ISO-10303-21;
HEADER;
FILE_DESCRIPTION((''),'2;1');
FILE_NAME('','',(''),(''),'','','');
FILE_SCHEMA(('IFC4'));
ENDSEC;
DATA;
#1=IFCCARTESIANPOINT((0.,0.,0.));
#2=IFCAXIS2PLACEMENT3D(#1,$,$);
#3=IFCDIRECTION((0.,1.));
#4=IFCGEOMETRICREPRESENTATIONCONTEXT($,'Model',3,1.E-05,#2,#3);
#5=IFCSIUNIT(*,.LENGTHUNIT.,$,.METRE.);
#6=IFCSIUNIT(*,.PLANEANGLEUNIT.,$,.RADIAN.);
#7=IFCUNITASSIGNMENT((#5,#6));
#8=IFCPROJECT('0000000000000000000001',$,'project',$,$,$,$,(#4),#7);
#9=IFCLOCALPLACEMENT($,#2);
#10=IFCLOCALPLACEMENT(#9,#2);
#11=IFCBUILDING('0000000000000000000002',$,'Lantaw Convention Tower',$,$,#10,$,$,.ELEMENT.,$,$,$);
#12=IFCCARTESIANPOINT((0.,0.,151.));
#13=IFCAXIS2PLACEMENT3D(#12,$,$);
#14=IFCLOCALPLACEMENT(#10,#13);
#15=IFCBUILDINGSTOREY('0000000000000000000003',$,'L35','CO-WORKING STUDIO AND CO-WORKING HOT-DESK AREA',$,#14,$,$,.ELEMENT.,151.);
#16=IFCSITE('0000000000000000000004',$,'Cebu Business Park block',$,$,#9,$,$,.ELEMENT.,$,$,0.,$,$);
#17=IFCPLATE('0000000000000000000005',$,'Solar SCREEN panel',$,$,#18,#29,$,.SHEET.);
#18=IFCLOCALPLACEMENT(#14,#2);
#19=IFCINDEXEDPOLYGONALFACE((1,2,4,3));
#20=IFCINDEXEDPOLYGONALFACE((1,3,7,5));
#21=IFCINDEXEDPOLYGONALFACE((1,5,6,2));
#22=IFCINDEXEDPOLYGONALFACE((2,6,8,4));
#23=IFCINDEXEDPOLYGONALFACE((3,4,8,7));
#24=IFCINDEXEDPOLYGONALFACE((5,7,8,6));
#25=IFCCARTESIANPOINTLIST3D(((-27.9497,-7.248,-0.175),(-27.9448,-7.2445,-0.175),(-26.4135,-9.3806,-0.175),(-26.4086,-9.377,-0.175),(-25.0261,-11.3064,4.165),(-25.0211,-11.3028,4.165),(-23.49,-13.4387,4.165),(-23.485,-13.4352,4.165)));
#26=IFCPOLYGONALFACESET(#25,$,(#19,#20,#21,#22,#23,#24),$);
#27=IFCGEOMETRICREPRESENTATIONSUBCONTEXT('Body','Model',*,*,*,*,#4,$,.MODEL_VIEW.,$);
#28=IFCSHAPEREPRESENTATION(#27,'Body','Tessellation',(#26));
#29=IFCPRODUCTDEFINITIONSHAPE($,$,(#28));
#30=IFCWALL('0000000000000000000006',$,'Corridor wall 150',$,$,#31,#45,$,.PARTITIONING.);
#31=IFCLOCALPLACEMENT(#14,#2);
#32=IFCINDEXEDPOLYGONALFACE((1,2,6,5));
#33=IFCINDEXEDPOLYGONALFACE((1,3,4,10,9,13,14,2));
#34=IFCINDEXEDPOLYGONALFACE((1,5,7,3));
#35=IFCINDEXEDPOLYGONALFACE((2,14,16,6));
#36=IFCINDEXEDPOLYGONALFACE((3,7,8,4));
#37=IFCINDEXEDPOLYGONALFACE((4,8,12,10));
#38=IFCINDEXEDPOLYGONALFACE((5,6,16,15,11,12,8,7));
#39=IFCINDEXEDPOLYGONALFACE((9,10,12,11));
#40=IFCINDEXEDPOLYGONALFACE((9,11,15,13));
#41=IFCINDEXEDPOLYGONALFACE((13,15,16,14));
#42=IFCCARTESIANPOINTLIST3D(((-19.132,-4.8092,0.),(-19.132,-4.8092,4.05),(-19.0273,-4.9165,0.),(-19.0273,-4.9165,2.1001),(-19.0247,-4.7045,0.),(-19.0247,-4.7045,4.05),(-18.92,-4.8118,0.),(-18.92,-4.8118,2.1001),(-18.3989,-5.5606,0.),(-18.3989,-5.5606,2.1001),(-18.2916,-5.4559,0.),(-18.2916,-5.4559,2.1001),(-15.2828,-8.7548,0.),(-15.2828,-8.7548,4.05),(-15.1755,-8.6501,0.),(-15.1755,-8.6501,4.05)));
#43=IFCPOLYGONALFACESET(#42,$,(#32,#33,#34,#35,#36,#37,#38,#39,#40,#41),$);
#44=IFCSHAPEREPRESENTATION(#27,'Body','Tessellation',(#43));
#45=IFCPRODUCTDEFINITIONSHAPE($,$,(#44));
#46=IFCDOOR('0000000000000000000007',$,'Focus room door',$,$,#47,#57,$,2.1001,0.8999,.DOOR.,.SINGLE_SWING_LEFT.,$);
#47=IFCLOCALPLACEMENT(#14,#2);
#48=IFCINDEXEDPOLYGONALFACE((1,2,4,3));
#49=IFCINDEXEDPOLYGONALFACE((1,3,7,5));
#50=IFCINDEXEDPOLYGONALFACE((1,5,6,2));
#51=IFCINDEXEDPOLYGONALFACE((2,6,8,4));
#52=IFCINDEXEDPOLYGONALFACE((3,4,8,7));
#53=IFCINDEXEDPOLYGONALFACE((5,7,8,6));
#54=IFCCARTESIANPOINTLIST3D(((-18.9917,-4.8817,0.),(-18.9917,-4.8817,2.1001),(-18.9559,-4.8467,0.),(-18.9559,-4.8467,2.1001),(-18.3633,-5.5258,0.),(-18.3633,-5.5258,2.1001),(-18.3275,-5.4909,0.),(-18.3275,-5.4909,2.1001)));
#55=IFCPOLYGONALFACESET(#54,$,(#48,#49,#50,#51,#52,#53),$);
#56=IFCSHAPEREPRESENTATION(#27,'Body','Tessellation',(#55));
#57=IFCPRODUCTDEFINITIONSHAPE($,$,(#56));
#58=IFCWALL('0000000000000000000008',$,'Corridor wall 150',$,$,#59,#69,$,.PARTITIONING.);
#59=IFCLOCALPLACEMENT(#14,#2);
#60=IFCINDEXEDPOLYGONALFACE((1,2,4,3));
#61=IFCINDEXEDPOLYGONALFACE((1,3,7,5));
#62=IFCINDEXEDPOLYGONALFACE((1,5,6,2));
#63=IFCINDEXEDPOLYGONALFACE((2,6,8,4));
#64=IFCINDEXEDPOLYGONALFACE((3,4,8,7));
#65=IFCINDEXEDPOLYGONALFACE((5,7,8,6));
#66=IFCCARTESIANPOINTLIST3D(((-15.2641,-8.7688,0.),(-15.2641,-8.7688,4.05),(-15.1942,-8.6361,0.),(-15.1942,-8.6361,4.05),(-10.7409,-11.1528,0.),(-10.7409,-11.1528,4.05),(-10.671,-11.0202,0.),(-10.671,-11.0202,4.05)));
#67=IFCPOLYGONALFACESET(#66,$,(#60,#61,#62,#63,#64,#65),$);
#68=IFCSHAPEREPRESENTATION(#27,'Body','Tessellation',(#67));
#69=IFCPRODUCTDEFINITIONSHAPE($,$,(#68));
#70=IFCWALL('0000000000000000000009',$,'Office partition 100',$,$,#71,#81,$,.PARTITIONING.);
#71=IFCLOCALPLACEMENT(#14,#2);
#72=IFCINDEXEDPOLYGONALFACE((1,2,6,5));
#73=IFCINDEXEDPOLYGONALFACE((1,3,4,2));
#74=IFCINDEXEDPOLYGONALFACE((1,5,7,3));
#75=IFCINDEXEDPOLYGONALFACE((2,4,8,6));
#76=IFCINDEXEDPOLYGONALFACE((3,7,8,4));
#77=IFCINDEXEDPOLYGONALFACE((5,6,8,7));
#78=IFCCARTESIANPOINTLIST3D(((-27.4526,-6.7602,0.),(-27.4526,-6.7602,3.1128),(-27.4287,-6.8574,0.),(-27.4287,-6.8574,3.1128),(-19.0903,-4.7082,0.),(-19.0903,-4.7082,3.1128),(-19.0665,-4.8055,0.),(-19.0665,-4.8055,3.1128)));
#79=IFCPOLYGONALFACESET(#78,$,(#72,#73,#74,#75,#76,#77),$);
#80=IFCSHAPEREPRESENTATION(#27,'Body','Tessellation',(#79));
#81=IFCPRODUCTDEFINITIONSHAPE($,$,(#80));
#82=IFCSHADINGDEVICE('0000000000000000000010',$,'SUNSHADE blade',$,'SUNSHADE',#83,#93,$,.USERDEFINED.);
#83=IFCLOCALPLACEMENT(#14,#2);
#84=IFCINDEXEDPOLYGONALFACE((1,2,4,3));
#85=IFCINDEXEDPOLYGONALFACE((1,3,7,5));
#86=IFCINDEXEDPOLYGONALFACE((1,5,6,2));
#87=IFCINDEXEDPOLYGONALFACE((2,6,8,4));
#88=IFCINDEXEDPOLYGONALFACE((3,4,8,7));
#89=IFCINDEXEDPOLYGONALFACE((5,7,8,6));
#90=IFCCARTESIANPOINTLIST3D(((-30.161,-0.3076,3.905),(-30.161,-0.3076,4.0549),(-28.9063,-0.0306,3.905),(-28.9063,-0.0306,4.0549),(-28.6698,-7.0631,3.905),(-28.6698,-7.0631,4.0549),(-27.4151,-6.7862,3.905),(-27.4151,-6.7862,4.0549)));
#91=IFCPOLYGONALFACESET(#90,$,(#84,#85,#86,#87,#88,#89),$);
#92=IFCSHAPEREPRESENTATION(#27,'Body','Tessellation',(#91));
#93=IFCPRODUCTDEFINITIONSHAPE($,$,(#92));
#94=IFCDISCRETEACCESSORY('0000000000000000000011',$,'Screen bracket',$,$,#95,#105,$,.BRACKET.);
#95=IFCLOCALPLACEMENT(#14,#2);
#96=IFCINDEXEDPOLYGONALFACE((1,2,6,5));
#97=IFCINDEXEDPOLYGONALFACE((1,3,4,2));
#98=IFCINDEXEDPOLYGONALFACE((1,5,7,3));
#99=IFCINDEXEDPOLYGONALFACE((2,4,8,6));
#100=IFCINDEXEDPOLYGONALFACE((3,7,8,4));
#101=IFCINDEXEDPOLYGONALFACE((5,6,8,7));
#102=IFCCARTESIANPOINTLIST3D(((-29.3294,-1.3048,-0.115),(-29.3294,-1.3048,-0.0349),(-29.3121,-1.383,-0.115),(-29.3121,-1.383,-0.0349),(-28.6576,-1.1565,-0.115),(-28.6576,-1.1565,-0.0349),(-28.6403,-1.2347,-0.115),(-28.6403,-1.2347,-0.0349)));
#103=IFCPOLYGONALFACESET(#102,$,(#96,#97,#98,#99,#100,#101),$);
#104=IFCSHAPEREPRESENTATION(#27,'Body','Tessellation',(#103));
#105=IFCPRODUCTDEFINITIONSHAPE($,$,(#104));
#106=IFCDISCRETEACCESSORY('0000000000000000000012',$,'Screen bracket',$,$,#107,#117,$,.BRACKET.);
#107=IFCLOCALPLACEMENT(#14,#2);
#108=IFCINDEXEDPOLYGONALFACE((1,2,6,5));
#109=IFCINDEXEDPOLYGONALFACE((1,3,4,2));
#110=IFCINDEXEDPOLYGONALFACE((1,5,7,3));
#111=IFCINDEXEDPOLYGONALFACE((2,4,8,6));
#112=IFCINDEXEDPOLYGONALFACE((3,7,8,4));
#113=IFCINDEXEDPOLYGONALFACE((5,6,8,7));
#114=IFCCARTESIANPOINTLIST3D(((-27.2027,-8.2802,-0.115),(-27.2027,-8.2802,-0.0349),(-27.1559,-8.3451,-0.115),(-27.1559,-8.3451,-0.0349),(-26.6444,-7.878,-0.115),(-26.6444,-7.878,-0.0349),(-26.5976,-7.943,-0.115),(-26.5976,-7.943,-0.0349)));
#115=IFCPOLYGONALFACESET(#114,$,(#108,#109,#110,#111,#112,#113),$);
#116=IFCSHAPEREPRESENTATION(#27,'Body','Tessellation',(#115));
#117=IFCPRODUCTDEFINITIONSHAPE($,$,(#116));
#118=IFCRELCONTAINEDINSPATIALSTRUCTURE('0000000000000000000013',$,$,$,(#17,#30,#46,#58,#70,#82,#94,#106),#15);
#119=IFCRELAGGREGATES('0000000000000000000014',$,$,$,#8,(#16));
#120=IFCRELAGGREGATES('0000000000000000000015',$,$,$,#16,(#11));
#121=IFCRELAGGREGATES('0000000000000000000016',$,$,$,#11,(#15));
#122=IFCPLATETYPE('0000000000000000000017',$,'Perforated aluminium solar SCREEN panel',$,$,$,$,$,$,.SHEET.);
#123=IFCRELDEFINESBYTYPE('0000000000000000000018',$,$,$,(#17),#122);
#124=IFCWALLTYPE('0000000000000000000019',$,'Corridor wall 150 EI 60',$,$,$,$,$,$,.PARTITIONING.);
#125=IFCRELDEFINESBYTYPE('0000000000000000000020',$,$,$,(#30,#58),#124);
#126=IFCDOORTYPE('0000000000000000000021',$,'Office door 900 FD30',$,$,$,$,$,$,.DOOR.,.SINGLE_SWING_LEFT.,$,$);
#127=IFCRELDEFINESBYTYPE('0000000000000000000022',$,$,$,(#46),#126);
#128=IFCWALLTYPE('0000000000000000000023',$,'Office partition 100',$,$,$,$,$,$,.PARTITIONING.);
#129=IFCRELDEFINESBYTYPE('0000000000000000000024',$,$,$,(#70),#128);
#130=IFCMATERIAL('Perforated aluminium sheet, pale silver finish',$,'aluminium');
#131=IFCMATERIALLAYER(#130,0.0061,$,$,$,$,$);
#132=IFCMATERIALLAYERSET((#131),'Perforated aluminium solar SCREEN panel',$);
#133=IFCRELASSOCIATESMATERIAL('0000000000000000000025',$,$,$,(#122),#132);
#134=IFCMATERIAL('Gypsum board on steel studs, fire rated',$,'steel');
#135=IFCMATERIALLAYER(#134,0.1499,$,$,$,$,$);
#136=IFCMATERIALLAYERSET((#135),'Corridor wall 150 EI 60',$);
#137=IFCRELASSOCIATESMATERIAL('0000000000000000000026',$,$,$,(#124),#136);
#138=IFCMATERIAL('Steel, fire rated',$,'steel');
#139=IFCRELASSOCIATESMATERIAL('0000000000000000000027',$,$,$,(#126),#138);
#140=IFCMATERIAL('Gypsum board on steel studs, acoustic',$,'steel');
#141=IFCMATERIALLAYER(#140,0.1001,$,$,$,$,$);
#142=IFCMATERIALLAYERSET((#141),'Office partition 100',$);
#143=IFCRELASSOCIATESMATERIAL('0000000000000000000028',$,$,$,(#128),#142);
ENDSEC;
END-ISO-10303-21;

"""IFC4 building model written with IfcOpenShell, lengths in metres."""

from ifc_helpers import new_model, si_unit, direction, frame, frame_2d, origin, origin_2d, place, context, subcontext, project, spatial, polyline, rectangle, outline, extrude, material, layer, layer_set, type_object, element, fill, save


model = new_model("IFC4")

# Units and contexts
model_context = context("Model", 3, precision=1e-05, world=origin(), true_north=direction((0.0, 1.0)))
body_context = subcontext(model_context, "Body", "Model", "MODEL_VIEW")
ifc_project = project(units=[si_unit("LENGTHUNIT", "METRE"), si_unit("PLANEANGLEUNIT", "RADIAN")], contexts=[model_context])

# Site, building, storey
site_placement = place(None, origin())
site = spatial("IfcSite", under=ifc_project, at=site_placement, Name="Cebu Business Park block", CompositionType="ELEMENT", RefElevation=0.0)
building_placement = place(site_placement, origin())
building = spatial("IfcBuilding", under=site, at=building_placement, Name="Lantaw Convention Tower", CompositionType="ELEMENT")
storey_placement = place(building_placement, frame((0.0, 0.0, 151.0)))
storey = spatial("IfcBuildingStorey", under=building, at=storey_placement, Name="L35", Description="CO-WORKING STUDIO AND CO-WORKING HOT-DESK AREA", CompositionType="ELEMENT", Elevation=151.0)

# Plate
ifc_material_1 = material(Name="Perforated aluminium sheet, pale silver finish", Category="aluminium")
ifc_layer_1 = layer(ifc_material_1, 0.0061)
ifc_layer_set_1 = layer_set([ifc_layer_1], Name="Perforated aluminium solar SCREEN panel")
plate_type_1 = type_object("IfcPlateType", Name="Perforated aluminium solar SCREEN panel", PredefinedType="SHEET", material=ifc_layer_set_1)
plate_1_placement = place(storey_placement, frame((-27.9497, -7.248, -0.175), z_axis=(-0.811395, -0.584498, 0.000036), x_axis=(0.584498, -0.811395, 0.0)))
element("IfcPlate", 1, at=plate_1_placement, inside=storey, type_object=plate_type_1, Name="Solar SCREEN panel", PredefinedType="SHEET", context=body_context, shape_type="SweptSolid", body=[
    extrude(outline(polyline([(0.0, 0.0), (2.6282, 0.0), (7.6298, 4.3401), (5.0018, 4.3401), (0.0, 0.0)])), origin(), (0.0, 0.0, -1.0), 0.0061),
])

# Wall, opening, door
ifc_material_2 = material(Name="Gypsum board on steel studs, fire rated", Category="steel")
ifc_layer_2 = layer(ifc_material_2, 0.1499)
ifc_layer_set_2 = layer_set([ifc_layer_2], Name="Corridor wall 150 EI 60")
wall_type_1 = type_object("IfcWallType", Name="Corridor wall 150 EI 60", PredefinedType="PARTITIONING", material=ifc_layer_set_2)
wall_1_placement = place(storey_placement, frame((-19.0784, -4.7568, 0.0), z_axis=(0.0, 0.0, 1.0), x_axis=(0.698305, -0.7158, 0.0)))
wall_1 = element("IfcWall", 2, at=wall_1_placement, inside=storey, type_object=wall_type_1, Name="Corridor wall 150", PredefinedType="PARTITIONING", context=body_context, shape_type="SweptSolid", body=[
    extrude(rectangle(XDim=5.5122, YDim=0.1499, at=frame_2d((2.7561, 0.0))), origin(), (0.0, 0.0, 1.0), 4.05),
])
opening_placement = place(wall_1_placement, frame((0.1499, 0.0, 0.0)))
opening = element("IfcOpeningElement", 3, at=opening_placement, cuts=wall_1, PredefinedType="OPENING", context=body_context, shape_type="SweptSolid", body=[
    extrude(rectangle(XDim=0.8999, YDim=2.1001, at=frame_2d((0.45, 1.05))), frame((0.0, 0.085, 0.0), z_axis=(0.0, -1.0, 0.0), x_axis=(1.0, 0.0, 0.0)), (0.0, 0.0, 1.0), 0.1699),
])
ifc_material_3 = material(Name="Steel, fire rated", Category="steel")
door_type = type_object("IfcDoorType", Name="Office door 900 FD30", OperationType="SINGLE_SWING_LEFT", PredefinedType="DOOR", material=ifc_material_3)
door_placement = place(opening_placement, origin())
door = element("IfcDoor", 4, at=door_placement, inside=storey, type_object=door_type, Name="Focus room door", OperationType="SINGLE_SWING_LEFT", OverallHeight=2.1001, OverallWidth=0.8999, PredefinedType="DOOR", context=body_context, shape_type="SweptSolid", body=[
    extrude(rectangle(XDim=0.8999, YDim=2.1001, at=frame_2d((0.45, 1.05))), frame((0.0, 0.0249, 0.0), z_axis=(0.0, -1.0, 0.0), x_axis=(1.0, 0.0, 0.0)), (0.0, 0.0, 1.0), 0.05),
])
fill(opening, door)

# Walls
wall_2_placement = place(storey_placement, frame((-15.2292, -8.7024, 0.0), z_axis=(0.0, 0.0, 1.0), x_axis=(0.884644, -0.466268, 0.0)))
element("IfcWall", 5, at=wall_2_placement, inside=storey, type_object=wall_type_1, Name="Corridor wall 150", PredefinedType="PARTITIONING", context=body_context, shape_type="SweptSolid", body=[
    extrude(rectangle(XDim=5.113, YDim=0.1499, at=frame_2d((2.5566, 0.0))), origin(), (0.0, 0.0, 1.0), 4.05),
])
ifc_material_4 = material(Name="Gypsum board on steel studs, acoustic", Category="steel")
ifc_layer_3 = layer(ifc_material_4, 0.1001)
ifc_layer_set_3 = layer_set([ifc_layer_3], Name="Office partition 100")
wall_type_2 = type_object("IfcWallType", Name="Office partition 100", PredefinedType="PARTITIONING", material=ifc_layer_set_3)
wall_3_placement = place(storey_placement, frame((-27.4407, -6.8088, 0.0), z_axis=(0.0, 0.0, 1.0), x_axis=(0.971187, 0.238317, 0.0)))
element("IfcWall", 6, at=wall_3_placement, inside=storey, type_object=wall_type_2, Name="Office partition 100", PredefinedType="PARTITIONING", context=body_context, shape_type="SweptSolid", body=[
    extrude(rectangle(XDim=8.6104, YDim=0.1001, at=frame_2d((4.3052, 0.0))), origin(), (0.0, 0.0, 1.0), 3.1128),
])

# Shading device
shading_device_placement = place(storey_placement, frame((-28.7881, -3.5469, 3.905), z_axis=(0.0, 0.0, 1.0), x_axis=(0.215546, -0.976494, 0.0)))
element("IfcShadingDevice", 7, at=shading_device_placement, inside=storey, Name="SUNSHADE blade", ObjectType="SUNSHADE", PredefinedType="USERDEFINED", context=body_context, shape_type="SweptSolid", body=[
    extrude(rectangle(XDim=6.9182, YDim=1.2849, at=origin_2d()), origin(), (0.0, 0.0, 1.0), 0.1499),
])

# Discrete accessories
for number, where, z_axis, x_axis, name in (
    (8, (-28.9849, -1.2698, -0.115), (0.0, 0.0, 1.0), (0.215546, -0.976494, 0.0), "Screen bracket"),
    (9, (-26.9001, -8.1116, -0.115), (0.0, 0.0, 1.0), (0.584513, -0.811385, 0.0), "Screen bracket"),
):
    element("IfcDiscreteAccessory", number, at=place(storey_placement, frame(where, z_axis=z_axis, x_axis=x_axis)), inside=storey, Name=name, PredefinedType="BRACKET", context=body_context, shape_type="SweptSolid", body=[
        extrude(rectangle(XDim=0.0801, YDim=0.688, at=origin_2d()), origin(), (0.0, 0.0, 1.0), 0.0801),
    ])

save(model, "model.ifc")
